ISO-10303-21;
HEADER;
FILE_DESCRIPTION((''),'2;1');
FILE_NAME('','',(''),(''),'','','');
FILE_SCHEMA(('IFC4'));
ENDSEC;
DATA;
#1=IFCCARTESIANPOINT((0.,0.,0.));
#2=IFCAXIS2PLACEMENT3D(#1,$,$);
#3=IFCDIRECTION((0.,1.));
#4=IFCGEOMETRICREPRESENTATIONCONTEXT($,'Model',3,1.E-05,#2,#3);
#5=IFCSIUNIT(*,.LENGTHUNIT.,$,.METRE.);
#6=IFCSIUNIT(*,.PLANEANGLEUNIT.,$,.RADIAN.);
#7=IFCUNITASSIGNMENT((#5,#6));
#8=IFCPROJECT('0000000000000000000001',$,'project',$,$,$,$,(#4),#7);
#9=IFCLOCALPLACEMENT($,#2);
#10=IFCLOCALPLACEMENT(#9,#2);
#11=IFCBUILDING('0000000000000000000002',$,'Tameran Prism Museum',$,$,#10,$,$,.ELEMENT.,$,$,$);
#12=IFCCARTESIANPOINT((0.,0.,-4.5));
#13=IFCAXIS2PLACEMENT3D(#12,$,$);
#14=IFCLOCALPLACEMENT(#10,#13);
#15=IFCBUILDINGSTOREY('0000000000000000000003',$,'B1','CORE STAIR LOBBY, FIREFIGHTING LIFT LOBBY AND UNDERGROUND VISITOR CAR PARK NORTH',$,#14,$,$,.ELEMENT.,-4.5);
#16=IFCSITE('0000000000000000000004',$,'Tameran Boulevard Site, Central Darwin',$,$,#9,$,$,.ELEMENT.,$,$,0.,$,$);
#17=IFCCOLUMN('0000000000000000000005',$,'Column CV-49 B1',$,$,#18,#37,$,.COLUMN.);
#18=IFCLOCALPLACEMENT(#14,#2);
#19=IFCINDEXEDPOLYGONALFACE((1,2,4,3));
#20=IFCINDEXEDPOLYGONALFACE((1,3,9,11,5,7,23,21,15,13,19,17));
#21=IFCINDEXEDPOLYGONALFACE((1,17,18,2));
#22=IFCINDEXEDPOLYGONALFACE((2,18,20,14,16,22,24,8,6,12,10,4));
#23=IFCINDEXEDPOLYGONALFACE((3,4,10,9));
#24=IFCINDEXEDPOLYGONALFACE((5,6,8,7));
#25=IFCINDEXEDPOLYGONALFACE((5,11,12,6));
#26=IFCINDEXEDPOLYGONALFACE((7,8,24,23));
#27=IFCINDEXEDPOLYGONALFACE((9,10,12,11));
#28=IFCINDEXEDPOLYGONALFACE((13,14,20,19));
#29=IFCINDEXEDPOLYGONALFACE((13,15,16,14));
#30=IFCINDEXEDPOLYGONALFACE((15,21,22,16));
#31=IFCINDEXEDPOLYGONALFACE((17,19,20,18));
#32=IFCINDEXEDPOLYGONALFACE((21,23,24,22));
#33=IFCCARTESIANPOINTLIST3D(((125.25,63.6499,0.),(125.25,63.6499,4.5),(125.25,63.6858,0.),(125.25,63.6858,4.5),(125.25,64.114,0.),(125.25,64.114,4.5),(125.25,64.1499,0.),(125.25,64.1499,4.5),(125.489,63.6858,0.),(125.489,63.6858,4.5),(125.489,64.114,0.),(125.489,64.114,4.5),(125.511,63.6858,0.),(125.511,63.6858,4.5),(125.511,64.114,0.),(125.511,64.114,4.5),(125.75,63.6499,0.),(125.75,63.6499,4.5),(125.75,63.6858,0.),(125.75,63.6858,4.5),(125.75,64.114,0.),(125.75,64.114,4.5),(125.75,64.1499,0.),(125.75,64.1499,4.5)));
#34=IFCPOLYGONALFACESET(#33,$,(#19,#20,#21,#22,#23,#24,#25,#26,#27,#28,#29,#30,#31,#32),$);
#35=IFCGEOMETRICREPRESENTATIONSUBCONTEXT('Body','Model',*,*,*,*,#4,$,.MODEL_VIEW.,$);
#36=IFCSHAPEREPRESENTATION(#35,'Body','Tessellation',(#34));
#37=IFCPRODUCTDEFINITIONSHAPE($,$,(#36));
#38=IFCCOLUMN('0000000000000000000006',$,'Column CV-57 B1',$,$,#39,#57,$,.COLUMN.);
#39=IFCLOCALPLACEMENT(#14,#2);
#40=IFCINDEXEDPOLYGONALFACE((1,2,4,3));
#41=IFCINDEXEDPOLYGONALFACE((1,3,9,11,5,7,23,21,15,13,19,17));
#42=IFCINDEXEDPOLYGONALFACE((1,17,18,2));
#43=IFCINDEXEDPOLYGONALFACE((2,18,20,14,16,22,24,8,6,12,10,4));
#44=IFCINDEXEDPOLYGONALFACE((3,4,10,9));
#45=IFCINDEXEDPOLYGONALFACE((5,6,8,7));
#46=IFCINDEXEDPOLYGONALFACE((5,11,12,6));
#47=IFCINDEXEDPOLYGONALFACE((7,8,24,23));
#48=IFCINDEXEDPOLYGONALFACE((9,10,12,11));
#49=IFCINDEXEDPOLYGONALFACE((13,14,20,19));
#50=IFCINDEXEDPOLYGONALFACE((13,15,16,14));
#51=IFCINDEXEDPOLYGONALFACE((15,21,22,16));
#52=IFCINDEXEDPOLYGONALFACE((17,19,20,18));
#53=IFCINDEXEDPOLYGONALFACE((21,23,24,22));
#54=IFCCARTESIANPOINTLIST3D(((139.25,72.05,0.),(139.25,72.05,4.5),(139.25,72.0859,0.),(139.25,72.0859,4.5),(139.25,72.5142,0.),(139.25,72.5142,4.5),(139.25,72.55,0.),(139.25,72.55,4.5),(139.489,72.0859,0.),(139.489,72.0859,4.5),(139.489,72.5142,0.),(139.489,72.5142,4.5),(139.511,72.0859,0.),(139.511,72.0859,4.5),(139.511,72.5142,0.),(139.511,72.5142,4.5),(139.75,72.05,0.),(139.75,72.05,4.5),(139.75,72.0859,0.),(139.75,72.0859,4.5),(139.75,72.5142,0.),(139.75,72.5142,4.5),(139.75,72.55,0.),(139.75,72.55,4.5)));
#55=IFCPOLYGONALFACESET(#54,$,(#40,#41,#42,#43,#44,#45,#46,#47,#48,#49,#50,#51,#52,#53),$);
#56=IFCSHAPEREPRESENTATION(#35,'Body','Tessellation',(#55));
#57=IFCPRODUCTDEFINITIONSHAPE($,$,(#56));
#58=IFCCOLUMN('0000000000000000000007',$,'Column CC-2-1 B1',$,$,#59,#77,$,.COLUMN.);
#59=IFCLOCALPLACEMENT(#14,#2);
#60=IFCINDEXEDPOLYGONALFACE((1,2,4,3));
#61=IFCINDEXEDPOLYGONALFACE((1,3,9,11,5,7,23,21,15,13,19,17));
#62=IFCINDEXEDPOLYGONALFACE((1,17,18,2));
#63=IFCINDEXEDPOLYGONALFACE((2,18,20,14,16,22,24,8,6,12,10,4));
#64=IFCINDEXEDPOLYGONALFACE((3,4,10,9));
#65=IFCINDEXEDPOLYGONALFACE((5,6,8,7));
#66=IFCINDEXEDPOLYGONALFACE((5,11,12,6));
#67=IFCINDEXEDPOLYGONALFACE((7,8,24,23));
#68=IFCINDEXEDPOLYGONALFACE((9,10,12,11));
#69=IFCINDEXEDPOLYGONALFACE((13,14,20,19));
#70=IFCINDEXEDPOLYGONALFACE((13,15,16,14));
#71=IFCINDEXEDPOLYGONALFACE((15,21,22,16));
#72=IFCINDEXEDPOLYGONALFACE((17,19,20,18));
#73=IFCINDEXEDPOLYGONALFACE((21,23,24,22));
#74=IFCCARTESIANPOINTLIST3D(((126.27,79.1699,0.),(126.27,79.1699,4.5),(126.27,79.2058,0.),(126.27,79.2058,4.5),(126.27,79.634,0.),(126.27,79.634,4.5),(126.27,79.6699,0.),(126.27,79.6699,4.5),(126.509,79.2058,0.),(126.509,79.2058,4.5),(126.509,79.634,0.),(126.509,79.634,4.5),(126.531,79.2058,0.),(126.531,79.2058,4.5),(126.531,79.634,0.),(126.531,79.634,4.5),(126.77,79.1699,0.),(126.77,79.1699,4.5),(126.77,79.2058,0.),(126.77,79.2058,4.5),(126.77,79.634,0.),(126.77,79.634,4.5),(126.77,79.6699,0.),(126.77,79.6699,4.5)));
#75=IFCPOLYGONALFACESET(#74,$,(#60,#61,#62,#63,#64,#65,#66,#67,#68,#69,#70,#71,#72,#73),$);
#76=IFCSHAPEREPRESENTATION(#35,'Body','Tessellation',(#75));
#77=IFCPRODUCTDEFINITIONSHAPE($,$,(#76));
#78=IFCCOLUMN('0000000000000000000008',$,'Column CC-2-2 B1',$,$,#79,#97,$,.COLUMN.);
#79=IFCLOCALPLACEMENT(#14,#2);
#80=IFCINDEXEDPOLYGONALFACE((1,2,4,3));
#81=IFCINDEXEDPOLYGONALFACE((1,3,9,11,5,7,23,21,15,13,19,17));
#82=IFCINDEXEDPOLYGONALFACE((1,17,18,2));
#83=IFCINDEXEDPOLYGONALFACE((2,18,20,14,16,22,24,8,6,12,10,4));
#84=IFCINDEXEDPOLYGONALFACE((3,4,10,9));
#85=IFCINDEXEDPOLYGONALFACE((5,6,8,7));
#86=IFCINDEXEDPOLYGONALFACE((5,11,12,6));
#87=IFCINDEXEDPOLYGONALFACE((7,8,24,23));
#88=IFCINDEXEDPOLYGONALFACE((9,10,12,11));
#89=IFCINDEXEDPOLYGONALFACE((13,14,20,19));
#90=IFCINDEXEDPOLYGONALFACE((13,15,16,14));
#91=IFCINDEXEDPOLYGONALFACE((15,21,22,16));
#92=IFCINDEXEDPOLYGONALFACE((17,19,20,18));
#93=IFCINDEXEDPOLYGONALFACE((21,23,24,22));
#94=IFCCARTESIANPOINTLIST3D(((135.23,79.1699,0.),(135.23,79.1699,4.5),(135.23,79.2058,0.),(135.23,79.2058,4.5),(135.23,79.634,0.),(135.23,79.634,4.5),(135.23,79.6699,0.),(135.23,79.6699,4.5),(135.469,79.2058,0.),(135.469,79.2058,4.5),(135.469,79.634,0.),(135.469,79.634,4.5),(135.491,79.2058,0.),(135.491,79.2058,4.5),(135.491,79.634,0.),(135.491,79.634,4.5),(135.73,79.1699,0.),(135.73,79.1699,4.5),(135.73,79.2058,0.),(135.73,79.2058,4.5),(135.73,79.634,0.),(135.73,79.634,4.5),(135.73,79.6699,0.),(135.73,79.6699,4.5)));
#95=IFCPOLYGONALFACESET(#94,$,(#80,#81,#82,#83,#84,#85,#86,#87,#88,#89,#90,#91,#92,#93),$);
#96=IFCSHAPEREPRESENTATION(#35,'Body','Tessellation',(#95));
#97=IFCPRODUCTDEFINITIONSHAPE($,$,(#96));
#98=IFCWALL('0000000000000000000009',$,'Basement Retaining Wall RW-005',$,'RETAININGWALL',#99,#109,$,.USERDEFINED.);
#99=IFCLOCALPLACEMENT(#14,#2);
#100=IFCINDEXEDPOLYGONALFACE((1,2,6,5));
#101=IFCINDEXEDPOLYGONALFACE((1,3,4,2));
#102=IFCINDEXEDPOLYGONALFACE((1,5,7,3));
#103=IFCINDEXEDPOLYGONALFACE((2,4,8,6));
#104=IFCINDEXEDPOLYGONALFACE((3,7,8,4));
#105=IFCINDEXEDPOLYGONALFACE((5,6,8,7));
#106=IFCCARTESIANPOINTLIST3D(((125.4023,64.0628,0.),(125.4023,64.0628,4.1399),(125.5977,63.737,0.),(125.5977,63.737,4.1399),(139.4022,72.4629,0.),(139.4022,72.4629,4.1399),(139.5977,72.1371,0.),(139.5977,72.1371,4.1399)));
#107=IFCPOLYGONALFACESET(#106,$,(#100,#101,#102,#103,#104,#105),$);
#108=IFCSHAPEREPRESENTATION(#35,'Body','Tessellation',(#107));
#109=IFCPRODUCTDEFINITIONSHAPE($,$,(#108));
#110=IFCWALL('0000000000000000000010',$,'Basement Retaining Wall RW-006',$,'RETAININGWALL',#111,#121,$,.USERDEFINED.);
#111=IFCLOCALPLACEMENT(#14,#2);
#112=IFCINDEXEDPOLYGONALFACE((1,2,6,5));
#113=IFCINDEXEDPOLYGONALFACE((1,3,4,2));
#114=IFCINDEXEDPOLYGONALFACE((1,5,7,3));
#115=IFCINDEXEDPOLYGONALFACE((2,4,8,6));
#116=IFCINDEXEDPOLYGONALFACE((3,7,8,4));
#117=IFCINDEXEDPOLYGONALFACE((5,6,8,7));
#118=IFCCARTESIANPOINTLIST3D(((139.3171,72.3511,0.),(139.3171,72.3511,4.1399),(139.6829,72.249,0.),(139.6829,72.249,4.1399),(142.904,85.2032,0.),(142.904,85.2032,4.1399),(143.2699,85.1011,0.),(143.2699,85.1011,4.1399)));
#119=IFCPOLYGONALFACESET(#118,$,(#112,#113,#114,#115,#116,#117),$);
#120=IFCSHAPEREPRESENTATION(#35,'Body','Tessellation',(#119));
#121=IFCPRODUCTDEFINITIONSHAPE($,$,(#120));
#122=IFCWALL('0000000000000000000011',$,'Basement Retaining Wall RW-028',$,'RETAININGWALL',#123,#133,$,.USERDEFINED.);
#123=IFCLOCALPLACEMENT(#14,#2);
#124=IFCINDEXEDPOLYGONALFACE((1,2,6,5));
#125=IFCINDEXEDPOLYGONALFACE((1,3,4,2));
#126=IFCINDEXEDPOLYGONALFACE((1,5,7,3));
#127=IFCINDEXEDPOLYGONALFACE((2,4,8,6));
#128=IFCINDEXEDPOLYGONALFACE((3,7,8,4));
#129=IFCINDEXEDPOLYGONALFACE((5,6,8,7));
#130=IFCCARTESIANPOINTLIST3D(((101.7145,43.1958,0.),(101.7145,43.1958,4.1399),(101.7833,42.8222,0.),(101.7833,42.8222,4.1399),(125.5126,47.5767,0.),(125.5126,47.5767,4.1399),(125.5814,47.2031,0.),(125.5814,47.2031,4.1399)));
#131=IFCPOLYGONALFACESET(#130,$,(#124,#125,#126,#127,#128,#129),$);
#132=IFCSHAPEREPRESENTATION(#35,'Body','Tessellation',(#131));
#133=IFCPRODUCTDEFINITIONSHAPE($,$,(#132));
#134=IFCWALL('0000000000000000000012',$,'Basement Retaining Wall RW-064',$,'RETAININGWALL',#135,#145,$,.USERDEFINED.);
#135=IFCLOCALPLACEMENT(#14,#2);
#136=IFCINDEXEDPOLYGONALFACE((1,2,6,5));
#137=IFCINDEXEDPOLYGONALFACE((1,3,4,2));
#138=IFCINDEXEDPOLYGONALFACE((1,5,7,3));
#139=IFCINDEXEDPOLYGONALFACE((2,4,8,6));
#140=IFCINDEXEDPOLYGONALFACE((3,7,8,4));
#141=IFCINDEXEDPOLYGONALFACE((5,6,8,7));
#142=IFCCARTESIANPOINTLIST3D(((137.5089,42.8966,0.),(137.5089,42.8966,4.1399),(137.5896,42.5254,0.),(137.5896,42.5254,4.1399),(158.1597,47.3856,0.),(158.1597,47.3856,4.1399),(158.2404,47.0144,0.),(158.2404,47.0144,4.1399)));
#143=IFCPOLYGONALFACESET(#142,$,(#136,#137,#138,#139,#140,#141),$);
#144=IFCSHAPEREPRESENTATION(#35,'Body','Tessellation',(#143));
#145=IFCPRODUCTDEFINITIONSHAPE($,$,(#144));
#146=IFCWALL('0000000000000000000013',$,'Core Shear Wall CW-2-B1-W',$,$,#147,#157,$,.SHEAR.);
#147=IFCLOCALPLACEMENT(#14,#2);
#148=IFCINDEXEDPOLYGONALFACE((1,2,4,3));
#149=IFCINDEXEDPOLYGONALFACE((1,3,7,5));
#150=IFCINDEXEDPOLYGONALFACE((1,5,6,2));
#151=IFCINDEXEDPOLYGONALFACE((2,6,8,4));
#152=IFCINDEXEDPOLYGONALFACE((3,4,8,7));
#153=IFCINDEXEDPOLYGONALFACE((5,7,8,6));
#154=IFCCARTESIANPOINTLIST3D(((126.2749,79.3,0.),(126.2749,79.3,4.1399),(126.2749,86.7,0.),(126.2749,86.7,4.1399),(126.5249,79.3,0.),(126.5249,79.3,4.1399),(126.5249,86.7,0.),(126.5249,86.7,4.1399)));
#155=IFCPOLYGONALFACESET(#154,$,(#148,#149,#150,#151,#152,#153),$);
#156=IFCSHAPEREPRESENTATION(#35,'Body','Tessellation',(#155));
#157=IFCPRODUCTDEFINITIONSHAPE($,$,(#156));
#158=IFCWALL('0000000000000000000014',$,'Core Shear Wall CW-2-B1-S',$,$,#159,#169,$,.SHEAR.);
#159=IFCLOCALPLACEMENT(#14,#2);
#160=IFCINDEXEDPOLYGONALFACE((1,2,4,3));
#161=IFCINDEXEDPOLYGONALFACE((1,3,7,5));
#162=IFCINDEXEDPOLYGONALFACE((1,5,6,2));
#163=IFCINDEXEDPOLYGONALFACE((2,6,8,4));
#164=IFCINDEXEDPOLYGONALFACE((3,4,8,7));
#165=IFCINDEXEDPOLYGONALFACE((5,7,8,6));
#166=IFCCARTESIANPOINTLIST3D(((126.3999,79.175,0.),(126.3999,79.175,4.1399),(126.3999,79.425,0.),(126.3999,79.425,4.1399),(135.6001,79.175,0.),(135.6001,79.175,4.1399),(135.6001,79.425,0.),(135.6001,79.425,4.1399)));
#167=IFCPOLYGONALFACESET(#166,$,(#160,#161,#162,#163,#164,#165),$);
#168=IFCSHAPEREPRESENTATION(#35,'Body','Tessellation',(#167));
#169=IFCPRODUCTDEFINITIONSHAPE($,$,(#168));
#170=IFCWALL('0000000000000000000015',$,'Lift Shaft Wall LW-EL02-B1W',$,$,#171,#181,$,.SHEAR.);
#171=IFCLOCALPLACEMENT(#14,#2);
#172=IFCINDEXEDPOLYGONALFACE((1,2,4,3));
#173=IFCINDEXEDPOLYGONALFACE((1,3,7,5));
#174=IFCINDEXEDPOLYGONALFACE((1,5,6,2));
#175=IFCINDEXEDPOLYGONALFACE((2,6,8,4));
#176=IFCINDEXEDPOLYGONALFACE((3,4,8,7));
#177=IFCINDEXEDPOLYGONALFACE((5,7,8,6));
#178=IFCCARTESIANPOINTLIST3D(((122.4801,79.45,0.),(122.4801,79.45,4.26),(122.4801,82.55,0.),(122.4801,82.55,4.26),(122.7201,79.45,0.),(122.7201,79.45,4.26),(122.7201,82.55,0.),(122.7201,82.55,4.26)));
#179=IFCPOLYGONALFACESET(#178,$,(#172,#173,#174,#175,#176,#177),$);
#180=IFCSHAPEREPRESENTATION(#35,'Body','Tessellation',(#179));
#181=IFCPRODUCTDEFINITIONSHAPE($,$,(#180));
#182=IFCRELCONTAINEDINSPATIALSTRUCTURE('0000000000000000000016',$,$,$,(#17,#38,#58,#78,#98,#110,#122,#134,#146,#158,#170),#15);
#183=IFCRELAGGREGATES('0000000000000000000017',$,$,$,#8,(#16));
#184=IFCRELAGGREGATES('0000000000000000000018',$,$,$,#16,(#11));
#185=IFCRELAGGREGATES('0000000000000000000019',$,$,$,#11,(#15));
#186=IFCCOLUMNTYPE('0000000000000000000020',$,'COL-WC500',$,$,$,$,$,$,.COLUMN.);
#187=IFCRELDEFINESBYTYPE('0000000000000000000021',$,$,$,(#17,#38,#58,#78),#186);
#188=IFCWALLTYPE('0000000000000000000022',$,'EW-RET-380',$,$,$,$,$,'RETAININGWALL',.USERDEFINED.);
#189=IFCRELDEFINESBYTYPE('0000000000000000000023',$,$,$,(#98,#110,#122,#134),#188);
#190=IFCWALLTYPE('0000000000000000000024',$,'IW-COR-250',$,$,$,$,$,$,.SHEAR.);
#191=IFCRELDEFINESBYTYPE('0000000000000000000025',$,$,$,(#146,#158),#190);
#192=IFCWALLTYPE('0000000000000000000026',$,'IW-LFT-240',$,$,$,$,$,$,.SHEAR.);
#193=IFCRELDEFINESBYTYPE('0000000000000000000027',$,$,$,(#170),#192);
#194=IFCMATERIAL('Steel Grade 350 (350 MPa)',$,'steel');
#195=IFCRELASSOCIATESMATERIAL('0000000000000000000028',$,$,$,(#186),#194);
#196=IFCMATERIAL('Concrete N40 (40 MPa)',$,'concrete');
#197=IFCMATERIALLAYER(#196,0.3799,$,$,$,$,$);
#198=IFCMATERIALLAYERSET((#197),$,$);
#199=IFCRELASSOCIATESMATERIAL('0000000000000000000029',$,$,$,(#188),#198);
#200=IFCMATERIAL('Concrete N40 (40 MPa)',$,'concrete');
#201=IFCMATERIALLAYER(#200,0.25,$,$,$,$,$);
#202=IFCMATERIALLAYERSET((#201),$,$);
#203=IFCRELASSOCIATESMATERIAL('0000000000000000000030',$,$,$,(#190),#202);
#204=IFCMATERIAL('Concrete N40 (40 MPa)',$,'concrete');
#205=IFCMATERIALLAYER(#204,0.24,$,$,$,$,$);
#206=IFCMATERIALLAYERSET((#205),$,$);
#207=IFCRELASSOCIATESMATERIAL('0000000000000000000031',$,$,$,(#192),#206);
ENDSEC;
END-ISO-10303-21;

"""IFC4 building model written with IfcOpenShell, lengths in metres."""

from ifc_helpers import new_model, si_unit, direction, frame, frame_2d, origin, origin_2d, place, context, subcontext, project, spatial, rectangle, i_section, extrude, material, layer, layer_set, material_profile, profile_set, type_object, element, save


model = new_model("IFC4")

# Units and contexts
model_context = context("Model", 3, precision=1e-05, world=origin(), true_north=direction((0.0, 1.0)))
body_context = subcontext(model_context, "Body", "Model", "MODEL_VIEW")
ifc_project = project(units=[si_unit("LENGTHUNIT", "METRE"), si_unit("PLANEANGLEUNIT", "RADIAN")], contexts=[model_context])

# Site, building, storey
site_placement = place(None, origin())
site = spatial("IfcSite", under=ifc_project, at=site_placement, Name="Tameran Boulevard Site, Central Darwin", CompositionType="ELEMENT", RefElevation=0.0)
building_placement = place(site_placement, origin())
building = spatial("IfcBuilding", under=site, at=building_placement, Name="Tameran Prism Museum", CompositionType="ELEMENT")
storey_placement = place(building_placement, frame((0.0, 0.0, -4.5)))
storey = spatial("IfcBuildingStorey", under=building, at=storey_placement, Name="B1", Description="CORE STAIR LOBBY, FIREFIGHTING LIFT LOBBY AND UNDERGROUND VISITOR CAR PARK NORTH", CompositionType="ELEMENT", Elevation=-4.5)

# Columns
ifc_material_1 = material(Name="Steel Grade 350 (350 MPa)", Category="steel")
ifc_material_profile_1 = material_profile(ifc_material_1, i_section(OverallWidth=0.5, OverallDepth=0.5, WebThickness=0.022, FlangeThickness=0.0359, at=origin_2d()))
ifc_profile_set_1 = profile_set([ifc_material_profile_1])
column_type_1 = type_object("IfcColumnType", Name="COL-WC500", PredefinedType="COLUMN", material=ifc_profile_set_1)
for number, where, z_axis, x_axis, name in (
    (1, (125.5, 63.8999, 0.0), (0.0, 0.0, 1.0), (1.0, 0.0, 0.0), "Column CV-49 B1"),
    (2, (139.5, 72.3, 0.0), (0.0, 0.0, 1.0), (1.0, 0.0, 0.0), "Column CV-57 B1"),
    (3, (126.52, 79.4199, 0.0), (0.0, 0.0, 1.0), (1.0, 0.0, 0.0), "Column CC-2-1 B1"),
    (4, (135.48, 79.4199, 0.0), (0.0, 0.0, 1.0), (1.0, 0.0, 0.0), "Column CC-2-2 B1"),
):
    element("IfcColumn", number, at=place(storey_placement, frame(where, z_axis=z_axis, x_axis=x_axis)), inside=storey, type_object=column_type_1, Name=name, PredefinedType="COLUMN", context=body_context, shape_type="SweptSolid", body=[
        extrude(i_section(OverallWidth=0.5, OverallDepth=0.5, WebThickness=0.022, FlangeThickness=0.0359, at=origin_2d()), origin(), (0.0, 0.0, 1.0), 4.5),
    ])

# Walls
ifc_material_2 = material(Name="Concrete N40 (40 MPa)", Category="concrete")
ifc_layer_1 = layer(ifc_material_2, 0.3799)
ifc_layer_set_1 = layer_set([ifc_layer_1])
wall_type_1 = type_object("IfcWallType", Name="EW-RET-380", ElementType="RETAININGWALL", PredefinedType="USERDEFINED", material=ifc_layer_set_1)
wall_1_placement = place(storey_placement, frame((125.5, 63.8999, 0.0), z_axis=(0.0, 0.0, 1.0), x_axis=(0.857489, 0.514502, 0.0)))
element("IfcWall", 5, at=wall_1_placement, inside=storey, type_object=wall_type_1, Name="Basement Retaining Wall RW-005", ObjectType="RETAININGWALL", PredefinedType="USERDEFINED", context=body_context, shape_type="SweptSolid", body=[
    extrude(rectangle(XDim=16.3267, YDim=0.3799, at=frame_2d((8.1633, 0.0))), origin(), (0.0, 0.0, 1.0), 4.1399),
])
wall_2_placement = place(storey_placement, frame((139.5, 72.3, 0.0), z_axis=(0.0, 0.0, 1.0), x_axis=(0.268819, 0.963191, 0.0)))
element("IfcWall", 6, at=wall_2_placement, inside=storey, type_object=wall_type_1, Name="Basement Retaining Wall RW-006", ObjectType="RETAININGWALL", PredefinedType="USERDEFINED", context=body_context, shape_type="SweptSolid", body=[
    extrude(rectangle(XDim=13.3433, YDim=0.3799, at=frame_2d((6.6716, 0.0))), origin(), (0.0, 0.0, 1.0), 4.1399),
])
wall_3_placement = place(storey_placement, frame((125.5471, 47.3899, 0.0), z_axis=(0.0, 0.0, 1.0), x_axis=(-0.983475, -0.181043, 0.0)))
element("IfcWall", 7, at=wall_3_placement, inside=storey, type_object=wall_type_1, Name="Basement Retaining Wall RW-028", ObjectType="RETAININGWALL", PredefinedType="USERDEFINED", context=body_context, shape_type="SweptSolid", body=[
    extrude(rectangle(XDim=24.198, YDim=0.3799, at=frame_2d((12.0991, 0.0))), origin(), (0.0, 0.0, 1.0), 4.1399),
])
wall_4_placement = place(storey_placement, frame((158.2, 47.2, 0.0), z_axis=(0.0, 0.0, 1.0), x_axis=(-0.977179, -0.212416, 0.0)))
element("IfcWall", 8, at=wall_4_placement, inside=storey, type_object=wall_type_1, Name="Basement Retaining Wall RW-064", ObjectType="RETAININGWALL", PredefinedType="USERDEFINED", context=body_context, shape_type="SweptSolid", body=[
    extrude(rectangle(XDim=21.1331, YDim=0.3799, at=frame_2d((10.5664, 0.0))), origin(), (0.0, 0.0, 1.0), 4.1399),
])
ifc_material_3 = material(Name="Concrete N40 (40 MPa)", Category="concrete")
ifc_layer_2 = layer(ifc_material_3, 0.25)
ifc_layer_set_2 = layer_set([ifc_layer_2])
wall_type_2 = type_object("IfcWallType", Name="IW-COR-250", PredefinedType="SHEAR", material=ifc_layer_set_2)
wall_5_placement = place(storey_placement, frame((126.3999, 79.3, 0.0), z_axis=(0.0, 0.0, 1.0), x_axis=(0.0, 1.0, 0.0)))
element("IfcWall", 9, at=wall_5_placement, inside=storey, type_object=wall_type_2, Name="Core Shear Wall CW-2-B1-W", PredefinedType="SHEAR", context=body_context, shape_type="SweptSolid", body=[
    extrude(rectangle(XDim=7.3999, YDim=0.25, at=frame_2d((3.7, 0.0))), origin(), (0.0, 0.0, 1.0), 4.1399),
])
wall_6_placement = place(storey_placement, frame((135.6001, 79.3, 0.0), z_axis=(0.0, 0.0, 1.0), x_axis=(-1.0, 0.0, 0.0)))
element("IfcWall", 10, at=wall_6_placement, inside=storey, type_object=wall_type_2, Name="Core Shear Wall CW-2-B1-S", PredefinedType="SHEAR", context=body_context, shape_type="SweptSolid", body=[
    extrude(rectangle(XDim=9.2002, YDim=0.25, at=frame_2d((4.6001, 0.0))), origin(), (0.0, 0.0, 1.0), 4.1399),
])
ifc_material_4 = material(Name="Concrete N40 (40 MPa)", Category="concrete")
ifc_layer_3 = layer(ifc_material_4, 0.24)
ifc_layer_set_3 = layer_set([ifc_layer_3])
wall_type_3 = type_object("IfcWallType", Name="IW-LFT-240", PredefinedType="SHEAR", material=ifc_layer_set_3)
wall_7_placement = place(storey_placement, frame((122.6001, 79.45, 0.0), z_axis=(0.0, 0.0, 1.0), x_axis=(0.0, 1.0, 0.0)))
element("IfcWall", 11, at=wall_7_placement, inside=storey, type_object=wall_type_3, Name="Lift Shaft Wall LW-EL02-B1W", PredefinedType="SHEAR", context=body_context, shape_type="SweptSolid", body=[
    extrude(rectangle(XDim=3.1001, YDim=0.24, at=frame_2d((1.55, 0.0))), origin(), (0.0, 0.0, 1.0), 4.26),
])

save(model, "model.ifc")
